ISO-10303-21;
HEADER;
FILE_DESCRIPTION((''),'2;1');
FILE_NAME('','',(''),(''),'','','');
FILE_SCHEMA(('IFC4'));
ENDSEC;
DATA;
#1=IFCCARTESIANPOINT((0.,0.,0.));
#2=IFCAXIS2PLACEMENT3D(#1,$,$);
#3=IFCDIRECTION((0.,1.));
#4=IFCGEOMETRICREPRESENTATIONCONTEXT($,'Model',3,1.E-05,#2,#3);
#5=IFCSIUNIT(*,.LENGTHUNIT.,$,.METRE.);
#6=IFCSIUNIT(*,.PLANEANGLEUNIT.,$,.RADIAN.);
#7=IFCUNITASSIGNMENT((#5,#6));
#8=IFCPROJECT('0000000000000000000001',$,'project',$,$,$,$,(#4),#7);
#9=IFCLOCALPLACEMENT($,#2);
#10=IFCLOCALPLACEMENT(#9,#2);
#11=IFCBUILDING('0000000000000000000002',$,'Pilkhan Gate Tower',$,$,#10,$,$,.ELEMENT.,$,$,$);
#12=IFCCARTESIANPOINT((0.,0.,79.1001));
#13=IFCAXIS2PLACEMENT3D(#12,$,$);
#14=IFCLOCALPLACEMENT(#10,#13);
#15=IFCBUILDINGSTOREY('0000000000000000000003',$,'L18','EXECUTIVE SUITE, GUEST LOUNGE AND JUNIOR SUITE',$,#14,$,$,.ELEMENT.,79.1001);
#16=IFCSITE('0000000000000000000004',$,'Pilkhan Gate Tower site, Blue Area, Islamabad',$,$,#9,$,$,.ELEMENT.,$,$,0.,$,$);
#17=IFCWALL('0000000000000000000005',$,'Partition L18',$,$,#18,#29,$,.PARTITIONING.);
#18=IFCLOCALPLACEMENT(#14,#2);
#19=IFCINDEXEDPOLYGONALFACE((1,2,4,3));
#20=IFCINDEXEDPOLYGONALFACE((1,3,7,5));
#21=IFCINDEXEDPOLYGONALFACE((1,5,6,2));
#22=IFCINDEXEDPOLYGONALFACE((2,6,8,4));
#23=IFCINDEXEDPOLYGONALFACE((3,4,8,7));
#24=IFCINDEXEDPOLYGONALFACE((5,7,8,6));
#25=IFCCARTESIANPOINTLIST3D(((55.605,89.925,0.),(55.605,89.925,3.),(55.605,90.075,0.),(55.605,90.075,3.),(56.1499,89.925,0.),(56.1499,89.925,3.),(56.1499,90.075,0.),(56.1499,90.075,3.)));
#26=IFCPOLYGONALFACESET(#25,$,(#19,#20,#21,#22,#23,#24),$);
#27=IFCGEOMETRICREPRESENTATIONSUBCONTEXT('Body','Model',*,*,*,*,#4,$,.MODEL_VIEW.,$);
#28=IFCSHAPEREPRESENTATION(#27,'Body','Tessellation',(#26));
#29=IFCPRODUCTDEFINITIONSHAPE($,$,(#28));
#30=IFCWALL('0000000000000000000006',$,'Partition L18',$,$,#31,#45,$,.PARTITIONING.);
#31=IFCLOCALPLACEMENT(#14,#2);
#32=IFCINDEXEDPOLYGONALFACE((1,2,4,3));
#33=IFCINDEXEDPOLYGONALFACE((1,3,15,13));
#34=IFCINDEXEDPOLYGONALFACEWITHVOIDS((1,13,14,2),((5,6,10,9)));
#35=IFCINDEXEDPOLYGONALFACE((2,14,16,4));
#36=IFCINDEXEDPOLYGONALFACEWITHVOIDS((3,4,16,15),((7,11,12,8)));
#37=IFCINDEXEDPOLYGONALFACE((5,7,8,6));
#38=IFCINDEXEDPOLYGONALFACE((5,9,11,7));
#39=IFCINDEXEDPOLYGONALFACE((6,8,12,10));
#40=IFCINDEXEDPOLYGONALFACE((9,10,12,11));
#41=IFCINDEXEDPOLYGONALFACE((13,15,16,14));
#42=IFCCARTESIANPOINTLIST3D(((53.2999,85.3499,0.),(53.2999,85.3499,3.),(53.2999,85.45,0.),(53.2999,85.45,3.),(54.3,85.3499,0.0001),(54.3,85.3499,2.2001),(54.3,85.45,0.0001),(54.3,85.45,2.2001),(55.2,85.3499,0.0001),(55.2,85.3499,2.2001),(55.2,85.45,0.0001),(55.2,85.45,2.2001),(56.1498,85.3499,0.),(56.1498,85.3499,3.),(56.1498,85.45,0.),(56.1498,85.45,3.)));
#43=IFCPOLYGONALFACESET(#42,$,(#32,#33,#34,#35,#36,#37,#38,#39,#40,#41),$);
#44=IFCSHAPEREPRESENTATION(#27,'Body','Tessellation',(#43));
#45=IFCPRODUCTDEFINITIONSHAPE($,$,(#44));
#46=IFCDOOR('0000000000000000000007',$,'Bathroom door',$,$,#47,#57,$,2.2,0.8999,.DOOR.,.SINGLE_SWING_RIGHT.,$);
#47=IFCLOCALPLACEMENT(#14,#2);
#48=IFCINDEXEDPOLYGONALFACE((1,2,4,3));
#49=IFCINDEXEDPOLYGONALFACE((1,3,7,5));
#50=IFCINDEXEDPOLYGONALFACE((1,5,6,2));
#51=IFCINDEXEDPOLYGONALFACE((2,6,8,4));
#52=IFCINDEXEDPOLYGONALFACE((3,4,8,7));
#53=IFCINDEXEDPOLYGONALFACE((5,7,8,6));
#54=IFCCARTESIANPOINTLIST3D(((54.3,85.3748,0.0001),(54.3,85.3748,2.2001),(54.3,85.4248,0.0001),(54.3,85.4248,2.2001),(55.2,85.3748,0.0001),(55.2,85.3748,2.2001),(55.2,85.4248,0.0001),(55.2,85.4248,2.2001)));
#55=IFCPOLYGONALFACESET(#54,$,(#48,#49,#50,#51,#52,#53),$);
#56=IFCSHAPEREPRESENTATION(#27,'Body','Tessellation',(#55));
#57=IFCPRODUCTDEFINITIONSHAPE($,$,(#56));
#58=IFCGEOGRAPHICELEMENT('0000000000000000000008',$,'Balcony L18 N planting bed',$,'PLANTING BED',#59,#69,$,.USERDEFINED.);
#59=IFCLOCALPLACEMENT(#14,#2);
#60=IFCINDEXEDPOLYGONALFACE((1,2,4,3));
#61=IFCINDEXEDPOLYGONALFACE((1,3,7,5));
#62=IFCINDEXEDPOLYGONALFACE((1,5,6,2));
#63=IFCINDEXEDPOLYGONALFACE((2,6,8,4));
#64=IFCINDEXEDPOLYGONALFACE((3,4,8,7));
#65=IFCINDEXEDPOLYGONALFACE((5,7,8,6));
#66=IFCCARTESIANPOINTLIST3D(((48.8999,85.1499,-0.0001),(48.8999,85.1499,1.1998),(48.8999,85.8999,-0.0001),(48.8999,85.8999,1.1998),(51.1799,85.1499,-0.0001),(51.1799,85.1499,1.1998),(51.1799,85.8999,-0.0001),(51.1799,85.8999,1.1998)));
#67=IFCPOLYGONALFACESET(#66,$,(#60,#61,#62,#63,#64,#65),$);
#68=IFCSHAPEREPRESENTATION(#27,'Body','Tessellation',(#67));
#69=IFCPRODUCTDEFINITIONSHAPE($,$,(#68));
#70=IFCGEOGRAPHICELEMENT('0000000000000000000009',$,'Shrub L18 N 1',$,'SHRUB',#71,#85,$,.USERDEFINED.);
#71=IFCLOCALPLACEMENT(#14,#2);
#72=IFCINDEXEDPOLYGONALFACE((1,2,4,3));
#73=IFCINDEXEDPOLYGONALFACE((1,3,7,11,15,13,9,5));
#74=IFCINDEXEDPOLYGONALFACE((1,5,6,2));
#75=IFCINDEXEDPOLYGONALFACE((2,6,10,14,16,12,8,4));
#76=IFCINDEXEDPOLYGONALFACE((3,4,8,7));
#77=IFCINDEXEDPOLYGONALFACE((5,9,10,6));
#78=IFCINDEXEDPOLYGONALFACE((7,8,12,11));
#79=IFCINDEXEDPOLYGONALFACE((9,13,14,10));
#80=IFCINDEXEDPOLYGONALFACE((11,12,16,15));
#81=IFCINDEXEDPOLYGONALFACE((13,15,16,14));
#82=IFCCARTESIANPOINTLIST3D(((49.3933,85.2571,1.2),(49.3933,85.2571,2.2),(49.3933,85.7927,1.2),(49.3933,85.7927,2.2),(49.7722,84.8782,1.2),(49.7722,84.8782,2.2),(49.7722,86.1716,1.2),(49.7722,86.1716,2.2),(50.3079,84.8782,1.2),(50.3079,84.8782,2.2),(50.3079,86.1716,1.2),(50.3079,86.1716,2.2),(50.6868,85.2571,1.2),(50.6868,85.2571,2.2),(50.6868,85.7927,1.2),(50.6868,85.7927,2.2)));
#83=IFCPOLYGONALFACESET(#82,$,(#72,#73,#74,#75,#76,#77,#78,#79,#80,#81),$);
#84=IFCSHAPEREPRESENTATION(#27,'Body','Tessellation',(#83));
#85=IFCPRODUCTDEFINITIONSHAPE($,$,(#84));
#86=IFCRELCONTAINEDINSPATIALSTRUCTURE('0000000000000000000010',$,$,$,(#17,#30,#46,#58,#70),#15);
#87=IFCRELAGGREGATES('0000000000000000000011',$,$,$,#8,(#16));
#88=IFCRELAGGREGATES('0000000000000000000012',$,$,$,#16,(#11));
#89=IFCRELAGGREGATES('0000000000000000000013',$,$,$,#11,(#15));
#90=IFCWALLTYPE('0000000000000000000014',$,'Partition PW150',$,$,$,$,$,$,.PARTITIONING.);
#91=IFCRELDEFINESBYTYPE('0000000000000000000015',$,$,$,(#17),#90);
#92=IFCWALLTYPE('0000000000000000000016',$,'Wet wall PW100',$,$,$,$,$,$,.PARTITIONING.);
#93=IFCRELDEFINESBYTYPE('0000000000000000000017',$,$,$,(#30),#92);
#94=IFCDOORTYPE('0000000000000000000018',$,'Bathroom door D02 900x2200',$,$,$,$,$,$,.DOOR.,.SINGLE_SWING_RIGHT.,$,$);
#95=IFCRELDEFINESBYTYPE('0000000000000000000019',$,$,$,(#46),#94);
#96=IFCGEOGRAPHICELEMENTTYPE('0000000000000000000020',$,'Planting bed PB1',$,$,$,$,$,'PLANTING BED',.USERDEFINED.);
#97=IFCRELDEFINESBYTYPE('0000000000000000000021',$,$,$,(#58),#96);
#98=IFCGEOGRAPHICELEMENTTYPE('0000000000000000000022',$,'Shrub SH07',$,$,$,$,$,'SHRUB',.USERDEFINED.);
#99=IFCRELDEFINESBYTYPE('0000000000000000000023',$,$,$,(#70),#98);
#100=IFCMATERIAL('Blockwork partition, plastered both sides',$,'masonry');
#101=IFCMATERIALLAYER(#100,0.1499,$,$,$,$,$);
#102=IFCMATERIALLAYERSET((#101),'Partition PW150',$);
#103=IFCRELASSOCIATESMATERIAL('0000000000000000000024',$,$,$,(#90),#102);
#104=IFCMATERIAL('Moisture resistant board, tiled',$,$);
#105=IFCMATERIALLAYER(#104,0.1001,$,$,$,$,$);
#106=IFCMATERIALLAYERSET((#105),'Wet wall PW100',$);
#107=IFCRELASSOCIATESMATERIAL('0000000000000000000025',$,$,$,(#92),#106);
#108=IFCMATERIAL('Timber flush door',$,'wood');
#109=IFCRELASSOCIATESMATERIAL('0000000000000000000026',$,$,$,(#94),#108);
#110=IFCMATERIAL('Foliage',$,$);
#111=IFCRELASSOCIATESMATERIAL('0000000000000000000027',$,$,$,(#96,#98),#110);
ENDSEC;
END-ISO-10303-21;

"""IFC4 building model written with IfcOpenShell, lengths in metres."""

from ifc_helpers import new_model, si_unit, direction, frame, frame_2d, origin, origin_2d, place, context, subcontext, project, spatial, polyline, rectangle, outline, extrude, material, layer, layer_set, material_profile, profile_set, type_object, element, fill, save


model = new_model("IFC4")

# Units and contexts
model_context = context("Model", 3, precision=1e-05, world=origin(), true_north=direction((0.0, 1.0)))
body_context = subcontext(model_context, "Body", "Model", "MODEL_VIEW")
ifc_project = project(units=[si_unit("LENGTHUNIT", "METRE"), si_unit("PLANEANGLEUNIT", "RADIAN")], contexts=[model_context])

# Site, building, storey
site_placement = place(None, origin())
site = spatial("IfcSite", under=ifc_project, at=site_placement, Name="Pilkhan Gate Tower site, Blue Area, Islamabad", CompositionType="ELEMENT", RefElevation=0.0)
building_placement = place(site_placement, origin())
building = spatial("IfcBuilding", under=site, at=building_placement, Name="Pilkhan Gate Tower", CompositionType="ELEMENT")
storey_placement = place(building_placement, frame((0.0, 0.0, 79.1001)))
storey = spatial("IfcBuildingStorey", under=building, at=storey_placement, Name="L18", Description="EXECUTIVE SUITE, GUEST LOUNGE AND JUNIOR SUITE", CompositionType="ELEMENT", Elevation=79.1001)

# Wall
ifc_material_1 = material(Name="Blockwork partition, plastered both sides", Category="masonry")
ifc_layer_1 = layer(ifc_material_1, 0.1499)
ifc_layer_set_1 = layer_set([ifc_layer_1], Name="Partition PW150")
wall_type_1 = type_object("IfcWallType", Name="Partition PW150", PredefinedType="PARTITIONING", material=ifc_layer_set_1)
wall_1_placement = place(storey_placement, frame((55.605, 90.0, 0.0), z_axis=(0.0, 0.0, 1.0), x_axis=(1.0, 0.0, 0.0)))
element("IfcWall", 1, at=wall_1_placement, inside=storey, type_object=wall_type_1, Name="Partition L18", PredefinedType="PARTITIONING", context=body_context, shape_type="SweptSolid", body=[
    extrude(rectangle(XDim=0.5449, YDim=0.1499, at=frame_2d((0.2725, 0.0))), origin(), (0.0, 0.0, 1.0), 3.0),
])

# Wall, opening, door
ifc_material_2 = material(Name="Moisture resistant board, tiled")
ifc_layer_2 = layer(ifc_material_2, 0.1001)
ifc_layer_set_2 = layer_set([ifc_layer_2], Name="Wet wall PW100")
wall_type_2 = type_object("IfcWallType", Name="Wet wall PW100", PredefinedType="PARTITIONING", material=ifc_layer_set_2)
wall_2_placement = place(storey_placement, frame((53.3, 85.3999, 0.0), z_axis=(0.0, 0.0, 1.0), x_axis=(1.0, 0.0, 0.0)))
wall_2 = element("IfcWall", 2, at=wall_2_placement, inside=storey, type_object=wall_type_2, Name="Partition L18", PredefinedType="PARTITIONING", context=body_context, shape_type="SweptSolid", body=[
    extrude(rectangle(XDim=2.8499, YDim=0.1001, at=frame_2d((1.4248, 0.0))), origin(), (0.0, 0.0, 1.0), 3.0),
])
opening_1_placement = place(wall_2_placement, frame((1.0, 0.0, 0.0)))
opening_1 = element("IfcOpeningElement", 3, at=opening_1_placement, cuts=wall_2, PredefinedType="OPENING", context=body_context, shape_type="SweptSolid", body=[
    extrude(rectangle(XDim=0.8999, YDim=2.2, at=frame_2d((0.45, 1.1001))), frame((0.0, 0.0601, 0.0), z_axis=(0.0, -1.0, 0.0), x_axis=(1.0, 0.0, 0.0)), (0.0, 0.0, 1.0), 0.1201),
])
ifc_material_3 = material(Name="Timber flush door", Category="wood")
door_type_1 = type_object("IfcDoorType", Name="Bathroom door D02 900x2200", OperationType="SINGLE_SWING_RIGHT", PredefinedType="DOOR", material=ifc_material_3)
door_1_placement = place(opening_1_placement, origin())
door_1 = element("IfcDoor", 4, at=door_1_placement, inside=storey, type_object=door_type_1, Name="Bathroom door", OperationType="SINGLE_SWING_RIGHT", OverallHeight=2.2, OverallWidth=0.8999, PredefinedType="DOOR", context=body_context, shape_type="SweptSolid", body=[
    extrude(rectangle(XDim=0.8999, YDim=2.2, at=frame_2d((0.45, 1.1001))), frame((0.0, 0.0249, 0.0), z_axis=(0.0, -1.0, 0.0), x_axis=(1.0, 0.0, 0.0)), (0.0, 0.0, 1.0), 0.05),
])
fill(opening_1, door_1)

# Geographic elements
ifc_material_4 = material(Name="Foliage")
ifc_material_profile_1 = material_profile(ifc_material_4, rectangle(XDim=0.75, YDim=1.2, at=origin_2d()), Name="Bed 750x1200")
ifc_profile_set_1 = profile_set([ifc_material_profile_1], Name="Foliage")
geographic_element_type_1 = type_object("IfcGeographicElementType", Name="Planting bed PB1", ElementType="PLANTING BED", PredefinedType="USERDEFINED", material=ifc_profile_set_1)
geographic_element_1_placement = place(storey_placement, frame((48.8999, 85.5249, 0.5999), z_axis=(1.0, 0.0, 0.0), x_axis=(0.0, 1.0, 0.0)))
element("IfcGeographicElement", 5, at=geographic_element_1_placement, inside=storey, type_object=geographic_element_type_1, Name="Balcony L18 N planting bed", ObjectType="PLANTING BED", PredefinedType="USERDEFINED", context=body_context, shape_type="SweptSolid", body=[
    extrude(rectangle(XDim=0.75, YDim=1.2, at=origin_2d()), origin(), (0.0, 0.0, 1.0), 2.28),
])
ifc_material_profile_2 = material_profile(ifc_material_4, outline(polyline([(0.6467, 0.2678), (0.2678, 0.6467), (-0.2678, 0.6467), (-0.6467, 0.2678), (-0.6467, -0.2678), (-0.2678, -0.6467), (0.2678, -0.6467), (0.6467, -0.2678), (0.6467, 0.2678)])), Name="Shrub D1.4")
ifc_profile_set_2 = profile_set([ifc_material_profile_2], Name="Foliage")
geographic_element_type_2 = type_object("IfcGeographicElementType", Name="Shrub SH07", ElementType="SHRUB", PredefinedType="USERDEFINED", material=ifc_profile_set_2)
geographic_element_2_placement = place(storey_placement, frame((50.04, 85.5249, 1.2), z_axis=(0.0, 0.0, 1.0), x_axis=(1.0, 0.0, 0.0)))
element("IfcGeographicElement", 6, at=geographic_element_2_placement, inside=storey, type_object=geographic_element_type_2, Name="Shrub L18 N 1", ObjectType="SHRUB", PredefinedType="USERDEFINED", context=body_context, shape_type="SweptSolid", body=[
    extrude(outline(polyline([(0.6467, 0.2678), (0.2678, 0.6467), (-0.2678, 0.6467), (-0.6467, 0.2678), (-0.6467, -0.2678), (-0.2678, -0.6467), (0.2678, -0.6467), (0.6467, -0.2678), (0.6467, 0.2678)])), origin(), (0.0, 0.0, 1.0), 1.0),
])

save(model, "model.ifc")
